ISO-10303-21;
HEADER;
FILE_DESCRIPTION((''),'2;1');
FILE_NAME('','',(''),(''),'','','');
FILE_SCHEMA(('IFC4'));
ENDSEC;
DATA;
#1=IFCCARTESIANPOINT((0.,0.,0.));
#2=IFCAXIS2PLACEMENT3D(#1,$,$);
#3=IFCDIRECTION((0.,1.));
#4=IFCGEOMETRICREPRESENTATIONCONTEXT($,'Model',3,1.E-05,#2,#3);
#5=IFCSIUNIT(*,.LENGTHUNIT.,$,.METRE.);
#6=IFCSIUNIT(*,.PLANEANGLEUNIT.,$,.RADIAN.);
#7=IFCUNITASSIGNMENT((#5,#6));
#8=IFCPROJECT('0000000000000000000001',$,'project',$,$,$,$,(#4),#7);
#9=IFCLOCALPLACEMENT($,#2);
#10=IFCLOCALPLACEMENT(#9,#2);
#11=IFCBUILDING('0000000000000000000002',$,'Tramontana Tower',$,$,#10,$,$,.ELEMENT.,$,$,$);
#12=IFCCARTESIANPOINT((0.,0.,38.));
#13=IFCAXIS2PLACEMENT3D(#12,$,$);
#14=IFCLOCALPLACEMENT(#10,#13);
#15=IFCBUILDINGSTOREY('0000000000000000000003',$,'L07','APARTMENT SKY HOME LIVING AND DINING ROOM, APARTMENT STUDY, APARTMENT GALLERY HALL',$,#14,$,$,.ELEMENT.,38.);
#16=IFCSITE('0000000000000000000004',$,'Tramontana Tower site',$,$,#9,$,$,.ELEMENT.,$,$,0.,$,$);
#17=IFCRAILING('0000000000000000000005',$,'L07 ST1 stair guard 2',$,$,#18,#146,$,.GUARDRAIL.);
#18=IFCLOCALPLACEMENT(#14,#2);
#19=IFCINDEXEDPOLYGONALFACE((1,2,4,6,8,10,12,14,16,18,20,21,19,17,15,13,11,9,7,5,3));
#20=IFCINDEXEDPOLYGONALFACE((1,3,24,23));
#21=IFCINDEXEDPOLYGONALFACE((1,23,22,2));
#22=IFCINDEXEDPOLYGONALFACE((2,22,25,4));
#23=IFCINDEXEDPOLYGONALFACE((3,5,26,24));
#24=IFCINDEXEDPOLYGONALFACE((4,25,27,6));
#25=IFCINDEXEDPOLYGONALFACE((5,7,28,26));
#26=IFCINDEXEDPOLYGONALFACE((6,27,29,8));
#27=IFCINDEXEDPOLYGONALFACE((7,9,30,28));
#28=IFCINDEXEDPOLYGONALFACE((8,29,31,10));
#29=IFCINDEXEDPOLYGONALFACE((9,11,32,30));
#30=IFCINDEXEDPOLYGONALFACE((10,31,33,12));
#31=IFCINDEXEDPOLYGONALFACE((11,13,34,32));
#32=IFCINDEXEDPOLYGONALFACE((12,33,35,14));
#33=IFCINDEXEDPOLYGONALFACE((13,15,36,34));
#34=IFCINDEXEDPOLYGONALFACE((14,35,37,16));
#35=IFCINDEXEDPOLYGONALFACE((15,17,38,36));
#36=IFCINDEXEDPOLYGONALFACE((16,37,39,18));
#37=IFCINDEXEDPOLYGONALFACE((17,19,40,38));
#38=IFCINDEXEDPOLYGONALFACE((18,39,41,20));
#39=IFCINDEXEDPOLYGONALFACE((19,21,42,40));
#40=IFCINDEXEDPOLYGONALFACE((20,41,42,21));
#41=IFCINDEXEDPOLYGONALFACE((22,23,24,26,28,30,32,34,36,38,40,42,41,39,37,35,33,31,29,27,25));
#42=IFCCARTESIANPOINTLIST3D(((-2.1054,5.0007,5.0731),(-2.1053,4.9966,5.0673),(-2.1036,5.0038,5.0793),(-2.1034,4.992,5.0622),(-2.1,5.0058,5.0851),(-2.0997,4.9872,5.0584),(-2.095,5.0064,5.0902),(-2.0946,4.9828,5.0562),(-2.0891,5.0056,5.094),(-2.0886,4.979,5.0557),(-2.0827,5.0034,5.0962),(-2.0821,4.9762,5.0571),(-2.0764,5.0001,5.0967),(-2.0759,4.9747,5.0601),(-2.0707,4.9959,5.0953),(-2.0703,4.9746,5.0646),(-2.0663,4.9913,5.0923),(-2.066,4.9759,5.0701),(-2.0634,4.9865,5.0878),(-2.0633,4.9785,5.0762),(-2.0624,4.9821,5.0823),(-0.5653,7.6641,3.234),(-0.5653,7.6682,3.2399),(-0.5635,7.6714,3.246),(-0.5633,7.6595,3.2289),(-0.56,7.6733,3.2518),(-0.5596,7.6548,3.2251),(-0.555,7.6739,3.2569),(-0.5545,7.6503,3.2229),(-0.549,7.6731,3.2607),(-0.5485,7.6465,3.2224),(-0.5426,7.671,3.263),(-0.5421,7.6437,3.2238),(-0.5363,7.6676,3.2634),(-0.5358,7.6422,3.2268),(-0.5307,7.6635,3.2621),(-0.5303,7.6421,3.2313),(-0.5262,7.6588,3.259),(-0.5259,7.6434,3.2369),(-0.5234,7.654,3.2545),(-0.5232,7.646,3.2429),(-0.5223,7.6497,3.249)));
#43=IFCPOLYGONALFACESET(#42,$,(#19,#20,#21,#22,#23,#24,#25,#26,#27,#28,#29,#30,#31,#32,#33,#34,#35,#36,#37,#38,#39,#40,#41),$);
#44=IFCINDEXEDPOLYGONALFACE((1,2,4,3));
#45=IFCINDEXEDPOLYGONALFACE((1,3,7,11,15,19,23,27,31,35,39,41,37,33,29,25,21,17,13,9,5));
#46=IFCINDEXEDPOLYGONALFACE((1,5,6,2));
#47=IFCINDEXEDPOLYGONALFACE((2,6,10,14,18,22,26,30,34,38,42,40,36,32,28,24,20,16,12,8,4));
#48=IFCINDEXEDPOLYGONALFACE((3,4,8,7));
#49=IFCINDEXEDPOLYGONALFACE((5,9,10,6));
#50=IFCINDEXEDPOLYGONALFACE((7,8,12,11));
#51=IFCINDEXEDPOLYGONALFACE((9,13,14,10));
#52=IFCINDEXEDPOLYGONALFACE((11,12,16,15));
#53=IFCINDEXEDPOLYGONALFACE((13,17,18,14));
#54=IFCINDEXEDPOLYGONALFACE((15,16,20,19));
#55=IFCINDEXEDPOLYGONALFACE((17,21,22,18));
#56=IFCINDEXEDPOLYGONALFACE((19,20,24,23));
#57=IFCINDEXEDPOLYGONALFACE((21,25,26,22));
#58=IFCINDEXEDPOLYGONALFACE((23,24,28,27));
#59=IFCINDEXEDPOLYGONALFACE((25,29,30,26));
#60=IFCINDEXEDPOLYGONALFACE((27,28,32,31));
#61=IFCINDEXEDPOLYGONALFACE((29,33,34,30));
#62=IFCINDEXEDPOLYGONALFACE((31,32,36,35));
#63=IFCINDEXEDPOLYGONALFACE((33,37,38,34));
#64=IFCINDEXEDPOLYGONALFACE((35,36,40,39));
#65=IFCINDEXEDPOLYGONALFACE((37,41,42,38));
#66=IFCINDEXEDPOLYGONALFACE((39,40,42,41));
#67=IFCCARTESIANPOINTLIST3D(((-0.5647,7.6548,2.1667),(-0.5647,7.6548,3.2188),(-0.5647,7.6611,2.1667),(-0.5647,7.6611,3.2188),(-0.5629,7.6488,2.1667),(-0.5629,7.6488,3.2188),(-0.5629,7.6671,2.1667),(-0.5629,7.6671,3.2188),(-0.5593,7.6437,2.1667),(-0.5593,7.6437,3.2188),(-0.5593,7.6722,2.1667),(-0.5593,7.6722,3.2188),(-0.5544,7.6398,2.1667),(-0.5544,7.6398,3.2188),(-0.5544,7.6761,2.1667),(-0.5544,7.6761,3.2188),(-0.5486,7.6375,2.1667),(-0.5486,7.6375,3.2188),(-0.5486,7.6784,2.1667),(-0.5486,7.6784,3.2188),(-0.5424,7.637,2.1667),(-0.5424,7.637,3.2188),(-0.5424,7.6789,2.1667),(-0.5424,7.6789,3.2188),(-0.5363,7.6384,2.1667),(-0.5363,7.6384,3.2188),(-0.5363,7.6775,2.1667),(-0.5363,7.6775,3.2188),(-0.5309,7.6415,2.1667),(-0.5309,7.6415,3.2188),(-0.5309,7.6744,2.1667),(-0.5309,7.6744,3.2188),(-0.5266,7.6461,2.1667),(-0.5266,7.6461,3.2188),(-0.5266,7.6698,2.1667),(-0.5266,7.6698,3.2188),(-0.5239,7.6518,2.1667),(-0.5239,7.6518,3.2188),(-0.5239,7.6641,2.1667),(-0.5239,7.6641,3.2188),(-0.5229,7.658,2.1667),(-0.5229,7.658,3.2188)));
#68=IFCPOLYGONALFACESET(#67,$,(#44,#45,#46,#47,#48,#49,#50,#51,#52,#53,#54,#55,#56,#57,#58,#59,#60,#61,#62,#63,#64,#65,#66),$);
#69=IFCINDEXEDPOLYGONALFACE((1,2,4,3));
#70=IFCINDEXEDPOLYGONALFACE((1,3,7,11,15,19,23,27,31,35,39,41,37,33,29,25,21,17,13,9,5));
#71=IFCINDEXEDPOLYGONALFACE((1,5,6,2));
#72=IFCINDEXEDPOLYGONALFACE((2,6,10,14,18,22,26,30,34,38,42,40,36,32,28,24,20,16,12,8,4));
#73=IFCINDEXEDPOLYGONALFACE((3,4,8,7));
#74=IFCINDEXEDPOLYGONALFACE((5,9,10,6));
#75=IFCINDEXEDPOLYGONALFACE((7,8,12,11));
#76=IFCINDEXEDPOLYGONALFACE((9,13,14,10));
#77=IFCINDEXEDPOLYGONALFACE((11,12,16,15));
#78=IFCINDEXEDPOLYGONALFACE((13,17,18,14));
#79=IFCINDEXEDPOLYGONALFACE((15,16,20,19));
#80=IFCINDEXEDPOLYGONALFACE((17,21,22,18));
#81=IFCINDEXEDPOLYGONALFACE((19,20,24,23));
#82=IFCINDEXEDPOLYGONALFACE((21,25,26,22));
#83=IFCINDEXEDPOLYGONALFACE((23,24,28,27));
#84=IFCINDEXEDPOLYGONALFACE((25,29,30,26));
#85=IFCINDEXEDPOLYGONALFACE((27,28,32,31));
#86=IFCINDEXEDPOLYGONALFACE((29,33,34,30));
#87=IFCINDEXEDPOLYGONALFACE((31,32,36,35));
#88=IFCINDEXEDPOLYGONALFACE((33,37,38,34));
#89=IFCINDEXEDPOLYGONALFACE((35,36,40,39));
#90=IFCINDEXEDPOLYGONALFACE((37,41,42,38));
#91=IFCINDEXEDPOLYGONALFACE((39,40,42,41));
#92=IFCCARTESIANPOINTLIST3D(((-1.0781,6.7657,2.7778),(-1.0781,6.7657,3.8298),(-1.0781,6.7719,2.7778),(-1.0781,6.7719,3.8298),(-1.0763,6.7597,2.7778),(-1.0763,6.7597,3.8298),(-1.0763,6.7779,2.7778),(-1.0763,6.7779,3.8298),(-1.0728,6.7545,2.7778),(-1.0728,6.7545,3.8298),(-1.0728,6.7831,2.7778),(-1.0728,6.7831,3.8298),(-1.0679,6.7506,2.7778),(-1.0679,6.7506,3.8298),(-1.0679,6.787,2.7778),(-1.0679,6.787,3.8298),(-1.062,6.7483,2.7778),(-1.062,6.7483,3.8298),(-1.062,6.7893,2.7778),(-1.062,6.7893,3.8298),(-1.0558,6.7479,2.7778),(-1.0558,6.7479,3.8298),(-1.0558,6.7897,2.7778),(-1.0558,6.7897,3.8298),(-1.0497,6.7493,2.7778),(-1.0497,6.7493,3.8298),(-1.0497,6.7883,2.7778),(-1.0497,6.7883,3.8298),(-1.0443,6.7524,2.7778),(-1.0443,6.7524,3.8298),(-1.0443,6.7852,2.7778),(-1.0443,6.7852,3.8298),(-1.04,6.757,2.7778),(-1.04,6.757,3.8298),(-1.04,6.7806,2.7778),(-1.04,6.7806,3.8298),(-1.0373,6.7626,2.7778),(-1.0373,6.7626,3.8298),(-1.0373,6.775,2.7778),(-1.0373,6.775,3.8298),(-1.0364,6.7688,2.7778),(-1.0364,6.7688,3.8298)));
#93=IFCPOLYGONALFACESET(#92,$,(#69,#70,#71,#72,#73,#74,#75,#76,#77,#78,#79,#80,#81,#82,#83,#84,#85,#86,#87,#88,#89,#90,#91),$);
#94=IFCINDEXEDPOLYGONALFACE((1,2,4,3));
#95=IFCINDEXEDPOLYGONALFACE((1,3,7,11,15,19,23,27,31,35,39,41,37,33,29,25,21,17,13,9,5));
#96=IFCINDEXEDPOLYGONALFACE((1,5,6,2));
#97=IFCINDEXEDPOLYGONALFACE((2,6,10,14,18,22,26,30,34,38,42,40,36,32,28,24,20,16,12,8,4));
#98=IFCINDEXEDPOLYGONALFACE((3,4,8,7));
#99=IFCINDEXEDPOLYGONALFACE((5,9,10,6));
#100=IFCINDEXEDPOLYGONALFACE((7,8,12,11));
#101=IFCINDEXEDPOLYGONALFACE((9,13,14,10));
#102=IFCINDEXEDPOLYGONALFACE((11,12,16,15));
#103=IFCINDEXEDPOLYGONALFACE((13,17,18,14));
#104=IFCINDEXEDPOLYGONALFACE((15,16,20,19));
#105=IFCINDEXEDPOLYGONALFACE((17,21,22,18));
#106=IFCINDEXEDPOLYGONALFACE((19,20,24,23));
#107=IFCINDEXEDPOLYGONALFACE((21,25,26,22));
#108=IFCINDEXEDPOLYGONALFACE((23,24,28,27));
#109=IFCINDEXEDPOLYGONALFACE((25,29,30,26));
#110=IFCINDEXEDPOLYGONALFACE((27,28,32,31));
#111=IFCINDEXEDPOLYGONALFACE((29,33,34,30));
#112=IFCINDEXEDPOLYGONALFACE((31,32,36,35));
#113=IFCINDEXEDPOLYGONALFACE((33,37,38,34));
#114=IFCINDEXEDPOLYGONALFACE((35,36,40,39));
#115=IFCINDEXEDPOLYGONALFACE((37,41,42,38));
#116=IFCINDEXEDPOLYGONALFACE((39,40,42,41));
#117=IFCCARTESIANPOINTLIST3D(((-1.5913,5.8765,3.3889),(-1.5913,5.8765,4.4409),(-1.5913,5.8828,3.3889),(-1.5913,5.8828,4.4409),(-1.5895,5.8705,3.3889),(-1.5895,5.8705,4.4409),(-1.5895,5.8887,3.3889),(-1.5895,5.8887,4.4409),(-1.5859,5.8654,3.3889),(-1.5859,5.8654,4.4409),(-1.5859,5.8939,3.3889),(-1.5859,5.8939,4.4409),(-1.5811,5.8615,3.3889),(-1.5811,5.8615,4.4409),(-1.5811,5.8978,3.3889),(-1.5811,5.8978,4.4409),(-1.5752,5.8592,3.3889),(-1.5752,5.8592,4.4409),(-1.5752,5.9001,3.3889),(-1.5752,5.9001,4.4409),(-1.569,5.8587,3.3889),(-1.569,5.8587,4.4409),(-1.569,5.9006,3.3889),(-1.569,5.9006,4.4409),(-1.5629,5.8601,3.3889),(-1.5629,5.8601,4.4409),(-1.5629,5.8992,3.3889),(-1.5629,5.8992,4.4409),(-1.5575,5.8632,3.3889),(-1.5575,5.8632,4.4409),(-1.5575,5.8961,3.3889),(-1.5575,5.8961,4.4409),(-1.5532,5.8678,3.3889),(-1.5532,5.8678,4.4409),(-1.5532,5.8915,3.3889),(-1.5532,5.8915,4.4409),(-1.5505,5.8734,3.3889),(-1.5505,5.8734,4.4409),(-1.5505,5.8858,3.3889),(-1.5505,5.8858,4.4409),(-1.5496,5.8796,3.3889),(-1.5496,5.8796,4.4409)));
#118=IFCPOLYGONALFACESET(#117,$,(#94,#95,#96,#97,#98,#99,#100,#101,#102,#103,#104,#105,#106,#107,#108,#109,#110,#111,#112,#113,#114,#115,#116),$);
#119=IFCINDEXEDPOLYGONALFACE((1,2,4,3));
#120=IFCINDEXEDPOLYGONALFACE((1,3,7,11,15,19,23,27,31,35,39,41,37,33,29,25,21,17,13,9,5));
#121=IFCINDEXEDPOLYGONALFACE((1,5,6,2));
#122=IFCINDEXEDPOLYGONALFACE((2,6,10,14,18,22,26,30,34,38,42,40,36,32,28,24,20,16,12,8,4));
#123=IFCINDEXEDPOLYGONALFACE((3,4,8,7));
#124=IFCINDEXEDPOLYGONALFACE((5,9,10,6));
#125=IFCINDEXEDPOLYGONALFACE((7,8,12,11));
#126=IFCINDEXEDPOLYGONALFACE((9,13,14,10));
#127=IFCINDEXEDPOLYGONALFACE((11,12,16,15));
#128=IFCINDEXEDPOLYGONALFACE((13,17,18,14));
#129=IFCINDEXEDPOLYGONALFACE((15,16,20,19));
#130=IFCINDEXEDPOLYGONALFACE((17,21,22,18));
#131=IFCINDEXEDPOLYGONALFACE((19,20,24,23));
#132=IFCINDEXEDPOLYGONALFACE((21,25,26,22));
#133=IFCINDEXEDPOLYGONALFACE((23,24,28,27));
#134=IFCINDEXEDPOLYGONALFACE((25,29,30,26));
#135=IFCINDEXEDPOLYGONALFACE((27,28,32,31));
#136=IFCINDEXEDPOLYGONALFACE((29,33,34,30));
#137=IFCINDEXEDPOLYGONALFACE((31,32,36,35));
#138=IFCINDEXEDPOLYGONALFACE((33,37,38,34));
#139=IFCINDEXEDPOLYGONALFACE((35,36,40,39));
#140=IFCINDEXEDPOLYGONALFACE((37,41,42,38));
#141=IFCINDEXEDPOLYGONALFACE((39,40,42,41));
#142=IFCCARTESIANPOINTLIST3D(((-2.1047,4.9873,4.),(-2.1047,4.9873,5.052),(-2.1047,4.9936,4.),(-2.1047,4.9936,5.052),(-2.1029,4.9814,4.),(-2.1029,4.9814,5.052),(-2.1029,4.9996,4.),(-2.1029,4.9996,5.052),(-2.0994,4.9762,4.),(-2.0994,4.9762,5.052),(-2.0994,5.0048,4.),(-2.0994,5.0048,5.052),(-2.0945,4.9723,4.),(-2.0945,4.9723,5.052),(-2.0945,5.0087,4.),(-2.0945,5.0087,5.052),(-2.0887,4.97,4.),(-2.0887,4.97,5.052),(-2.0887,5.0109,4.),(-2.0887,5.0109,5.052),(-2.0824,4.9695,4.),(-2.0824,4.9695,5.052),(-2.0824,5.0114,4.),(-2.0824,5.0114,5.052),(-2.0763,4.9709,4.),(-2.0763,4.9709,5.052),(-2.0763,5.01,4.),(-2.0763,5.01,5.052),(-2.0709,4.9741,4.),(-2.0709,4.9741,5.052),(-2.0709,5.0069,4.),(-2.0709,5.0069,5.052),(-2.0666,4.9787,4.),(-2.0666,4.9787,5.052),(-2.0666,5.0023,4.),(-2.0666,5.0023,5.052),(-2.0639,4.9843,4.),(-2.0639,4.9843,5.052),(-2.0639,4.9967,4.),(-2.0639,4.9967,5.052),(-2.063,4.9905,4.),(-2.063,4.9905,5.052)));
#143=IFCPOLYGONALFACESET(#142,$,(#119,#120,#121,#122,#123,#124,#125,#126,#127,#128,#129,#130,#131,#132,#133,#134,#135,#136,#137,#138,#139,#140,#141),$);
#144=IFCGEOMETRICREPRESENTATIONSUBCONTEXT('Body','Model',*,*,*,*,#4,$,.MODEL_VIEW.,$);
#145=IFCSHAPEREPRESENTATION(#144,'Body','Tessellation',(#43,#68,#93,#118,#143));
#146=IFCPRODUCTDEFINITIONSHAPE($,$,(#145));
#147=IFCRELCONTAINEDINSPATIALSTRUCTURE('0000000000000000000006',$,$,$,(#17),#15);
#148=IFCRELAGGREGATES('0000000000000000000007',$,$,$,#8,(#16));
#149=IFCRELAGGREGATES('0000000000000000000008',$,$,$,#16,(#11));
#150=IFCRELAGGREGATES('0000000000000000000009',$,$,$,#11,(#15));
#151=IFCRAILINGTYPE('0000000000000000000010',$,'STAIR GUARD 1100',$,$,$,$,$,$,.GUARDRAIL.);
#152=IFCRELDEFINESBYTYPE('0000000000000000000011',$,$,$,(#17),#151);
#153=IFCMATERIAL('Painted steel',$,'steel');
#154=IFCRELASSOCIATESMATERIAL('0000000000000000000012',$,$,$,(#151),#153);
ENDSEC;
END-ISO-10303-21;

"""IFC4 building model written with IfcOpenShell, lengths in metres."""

from ifc_helpers import new_model, si_unit, direction, frame, origin, origin_2d, place, context, subcontext, project, spatial, circle, extrude, material, type_object, element, save


model = new_model("IFC4")

# Units and contexts
model_context = context("Model", 3, precision=1e-05, world=origin(), true_north=direction((0.0, 1.0)))
body_context = subcontext(model_context, "Body", "Model", "MODEL_VIEW")
ifc_project = project(units=[si_unit("LENGTHUNIT", "METRE"), si_unit("PLANEANGLEUNIT", "RADIAN")], contexts=[model_context])

# Site, building, storey
site_placement = place(None, origin())
site = spatial("IfcSite", under=ifc_project, at=site_placement, Name="Tramontana Tower site", CompositionType="ELEMENT", RefElevation=0.0)
building_placement = place(site_placement, origin())
building = spatial("IfcBuilding", under=site, at=building_placement, Name="Tramontana Tower", CompositionType="ELEMENT")
storey_placement = place(building_placement, frame((0.0, 0.0, 38.0)))
storey = spatial("IfcBuildingStorey", under=building, at=storey_placement, Name="L07", Description="APARTMENT SKY HOME LIVING AND DINING ROOM, APARTMENT STUDY, APARTMENT GALLERY HALL", CompositionType="ELEMENT", Elevation=38.0)

# Railing
ifc_material_1 = material(Name="Painted steel", Category="steel")
railing_type_1 = type_object("IfcRailingType", Name="STAIR GUARD 1100", PredefinedType="GUARDRAIL", material=ifc_material_1)
railing_1_placement = place(storey_placement, frame((-0.5439, 7.658, 2.1667)))
element("IfcRailing", 1, at=railing_1_placement, inside=storey, type_object=railing_type_1, Name="L07 ST1 stair guard 2", PredefinedType="GUARDRAIL", context=body_context, shape_type="SweptSolid", body=[
    extrude(circle(Radius=0.0239, at=origin_2d()), frame((0.0, 0.0, 1.0762), z_axis=(-0.429649, -0.74419, 0.511452), x_axis=(0.86603, -0.499992, 0.0)), (0.0, 0.0, 1.0), 3.5845),
    extrude(circle(Radius=0.021, at=origin_2d()), origin(), (0.0, 0.0, 1.0), 1.052),
    extrude(circle(Radius=0.021, at=origin_2d()), frame((-0.5134, -0.8892, 0.6111)), (0.0, 0.0, 1.0), 1.052),
    extrude(circle(Radius=0.021, at=origin_2d()), frame((-1.0266, -1.7783, 1.2222)), (0.0, 0.0, 1.0), 1.052),
    extrude(circle(Radius=0.021, at=origin_2d()), frame((-1.54, -2.6675, 1.8333)), (0.0, 0.0, 1.0), 1.052),
])

save(model, "model.ifc")
